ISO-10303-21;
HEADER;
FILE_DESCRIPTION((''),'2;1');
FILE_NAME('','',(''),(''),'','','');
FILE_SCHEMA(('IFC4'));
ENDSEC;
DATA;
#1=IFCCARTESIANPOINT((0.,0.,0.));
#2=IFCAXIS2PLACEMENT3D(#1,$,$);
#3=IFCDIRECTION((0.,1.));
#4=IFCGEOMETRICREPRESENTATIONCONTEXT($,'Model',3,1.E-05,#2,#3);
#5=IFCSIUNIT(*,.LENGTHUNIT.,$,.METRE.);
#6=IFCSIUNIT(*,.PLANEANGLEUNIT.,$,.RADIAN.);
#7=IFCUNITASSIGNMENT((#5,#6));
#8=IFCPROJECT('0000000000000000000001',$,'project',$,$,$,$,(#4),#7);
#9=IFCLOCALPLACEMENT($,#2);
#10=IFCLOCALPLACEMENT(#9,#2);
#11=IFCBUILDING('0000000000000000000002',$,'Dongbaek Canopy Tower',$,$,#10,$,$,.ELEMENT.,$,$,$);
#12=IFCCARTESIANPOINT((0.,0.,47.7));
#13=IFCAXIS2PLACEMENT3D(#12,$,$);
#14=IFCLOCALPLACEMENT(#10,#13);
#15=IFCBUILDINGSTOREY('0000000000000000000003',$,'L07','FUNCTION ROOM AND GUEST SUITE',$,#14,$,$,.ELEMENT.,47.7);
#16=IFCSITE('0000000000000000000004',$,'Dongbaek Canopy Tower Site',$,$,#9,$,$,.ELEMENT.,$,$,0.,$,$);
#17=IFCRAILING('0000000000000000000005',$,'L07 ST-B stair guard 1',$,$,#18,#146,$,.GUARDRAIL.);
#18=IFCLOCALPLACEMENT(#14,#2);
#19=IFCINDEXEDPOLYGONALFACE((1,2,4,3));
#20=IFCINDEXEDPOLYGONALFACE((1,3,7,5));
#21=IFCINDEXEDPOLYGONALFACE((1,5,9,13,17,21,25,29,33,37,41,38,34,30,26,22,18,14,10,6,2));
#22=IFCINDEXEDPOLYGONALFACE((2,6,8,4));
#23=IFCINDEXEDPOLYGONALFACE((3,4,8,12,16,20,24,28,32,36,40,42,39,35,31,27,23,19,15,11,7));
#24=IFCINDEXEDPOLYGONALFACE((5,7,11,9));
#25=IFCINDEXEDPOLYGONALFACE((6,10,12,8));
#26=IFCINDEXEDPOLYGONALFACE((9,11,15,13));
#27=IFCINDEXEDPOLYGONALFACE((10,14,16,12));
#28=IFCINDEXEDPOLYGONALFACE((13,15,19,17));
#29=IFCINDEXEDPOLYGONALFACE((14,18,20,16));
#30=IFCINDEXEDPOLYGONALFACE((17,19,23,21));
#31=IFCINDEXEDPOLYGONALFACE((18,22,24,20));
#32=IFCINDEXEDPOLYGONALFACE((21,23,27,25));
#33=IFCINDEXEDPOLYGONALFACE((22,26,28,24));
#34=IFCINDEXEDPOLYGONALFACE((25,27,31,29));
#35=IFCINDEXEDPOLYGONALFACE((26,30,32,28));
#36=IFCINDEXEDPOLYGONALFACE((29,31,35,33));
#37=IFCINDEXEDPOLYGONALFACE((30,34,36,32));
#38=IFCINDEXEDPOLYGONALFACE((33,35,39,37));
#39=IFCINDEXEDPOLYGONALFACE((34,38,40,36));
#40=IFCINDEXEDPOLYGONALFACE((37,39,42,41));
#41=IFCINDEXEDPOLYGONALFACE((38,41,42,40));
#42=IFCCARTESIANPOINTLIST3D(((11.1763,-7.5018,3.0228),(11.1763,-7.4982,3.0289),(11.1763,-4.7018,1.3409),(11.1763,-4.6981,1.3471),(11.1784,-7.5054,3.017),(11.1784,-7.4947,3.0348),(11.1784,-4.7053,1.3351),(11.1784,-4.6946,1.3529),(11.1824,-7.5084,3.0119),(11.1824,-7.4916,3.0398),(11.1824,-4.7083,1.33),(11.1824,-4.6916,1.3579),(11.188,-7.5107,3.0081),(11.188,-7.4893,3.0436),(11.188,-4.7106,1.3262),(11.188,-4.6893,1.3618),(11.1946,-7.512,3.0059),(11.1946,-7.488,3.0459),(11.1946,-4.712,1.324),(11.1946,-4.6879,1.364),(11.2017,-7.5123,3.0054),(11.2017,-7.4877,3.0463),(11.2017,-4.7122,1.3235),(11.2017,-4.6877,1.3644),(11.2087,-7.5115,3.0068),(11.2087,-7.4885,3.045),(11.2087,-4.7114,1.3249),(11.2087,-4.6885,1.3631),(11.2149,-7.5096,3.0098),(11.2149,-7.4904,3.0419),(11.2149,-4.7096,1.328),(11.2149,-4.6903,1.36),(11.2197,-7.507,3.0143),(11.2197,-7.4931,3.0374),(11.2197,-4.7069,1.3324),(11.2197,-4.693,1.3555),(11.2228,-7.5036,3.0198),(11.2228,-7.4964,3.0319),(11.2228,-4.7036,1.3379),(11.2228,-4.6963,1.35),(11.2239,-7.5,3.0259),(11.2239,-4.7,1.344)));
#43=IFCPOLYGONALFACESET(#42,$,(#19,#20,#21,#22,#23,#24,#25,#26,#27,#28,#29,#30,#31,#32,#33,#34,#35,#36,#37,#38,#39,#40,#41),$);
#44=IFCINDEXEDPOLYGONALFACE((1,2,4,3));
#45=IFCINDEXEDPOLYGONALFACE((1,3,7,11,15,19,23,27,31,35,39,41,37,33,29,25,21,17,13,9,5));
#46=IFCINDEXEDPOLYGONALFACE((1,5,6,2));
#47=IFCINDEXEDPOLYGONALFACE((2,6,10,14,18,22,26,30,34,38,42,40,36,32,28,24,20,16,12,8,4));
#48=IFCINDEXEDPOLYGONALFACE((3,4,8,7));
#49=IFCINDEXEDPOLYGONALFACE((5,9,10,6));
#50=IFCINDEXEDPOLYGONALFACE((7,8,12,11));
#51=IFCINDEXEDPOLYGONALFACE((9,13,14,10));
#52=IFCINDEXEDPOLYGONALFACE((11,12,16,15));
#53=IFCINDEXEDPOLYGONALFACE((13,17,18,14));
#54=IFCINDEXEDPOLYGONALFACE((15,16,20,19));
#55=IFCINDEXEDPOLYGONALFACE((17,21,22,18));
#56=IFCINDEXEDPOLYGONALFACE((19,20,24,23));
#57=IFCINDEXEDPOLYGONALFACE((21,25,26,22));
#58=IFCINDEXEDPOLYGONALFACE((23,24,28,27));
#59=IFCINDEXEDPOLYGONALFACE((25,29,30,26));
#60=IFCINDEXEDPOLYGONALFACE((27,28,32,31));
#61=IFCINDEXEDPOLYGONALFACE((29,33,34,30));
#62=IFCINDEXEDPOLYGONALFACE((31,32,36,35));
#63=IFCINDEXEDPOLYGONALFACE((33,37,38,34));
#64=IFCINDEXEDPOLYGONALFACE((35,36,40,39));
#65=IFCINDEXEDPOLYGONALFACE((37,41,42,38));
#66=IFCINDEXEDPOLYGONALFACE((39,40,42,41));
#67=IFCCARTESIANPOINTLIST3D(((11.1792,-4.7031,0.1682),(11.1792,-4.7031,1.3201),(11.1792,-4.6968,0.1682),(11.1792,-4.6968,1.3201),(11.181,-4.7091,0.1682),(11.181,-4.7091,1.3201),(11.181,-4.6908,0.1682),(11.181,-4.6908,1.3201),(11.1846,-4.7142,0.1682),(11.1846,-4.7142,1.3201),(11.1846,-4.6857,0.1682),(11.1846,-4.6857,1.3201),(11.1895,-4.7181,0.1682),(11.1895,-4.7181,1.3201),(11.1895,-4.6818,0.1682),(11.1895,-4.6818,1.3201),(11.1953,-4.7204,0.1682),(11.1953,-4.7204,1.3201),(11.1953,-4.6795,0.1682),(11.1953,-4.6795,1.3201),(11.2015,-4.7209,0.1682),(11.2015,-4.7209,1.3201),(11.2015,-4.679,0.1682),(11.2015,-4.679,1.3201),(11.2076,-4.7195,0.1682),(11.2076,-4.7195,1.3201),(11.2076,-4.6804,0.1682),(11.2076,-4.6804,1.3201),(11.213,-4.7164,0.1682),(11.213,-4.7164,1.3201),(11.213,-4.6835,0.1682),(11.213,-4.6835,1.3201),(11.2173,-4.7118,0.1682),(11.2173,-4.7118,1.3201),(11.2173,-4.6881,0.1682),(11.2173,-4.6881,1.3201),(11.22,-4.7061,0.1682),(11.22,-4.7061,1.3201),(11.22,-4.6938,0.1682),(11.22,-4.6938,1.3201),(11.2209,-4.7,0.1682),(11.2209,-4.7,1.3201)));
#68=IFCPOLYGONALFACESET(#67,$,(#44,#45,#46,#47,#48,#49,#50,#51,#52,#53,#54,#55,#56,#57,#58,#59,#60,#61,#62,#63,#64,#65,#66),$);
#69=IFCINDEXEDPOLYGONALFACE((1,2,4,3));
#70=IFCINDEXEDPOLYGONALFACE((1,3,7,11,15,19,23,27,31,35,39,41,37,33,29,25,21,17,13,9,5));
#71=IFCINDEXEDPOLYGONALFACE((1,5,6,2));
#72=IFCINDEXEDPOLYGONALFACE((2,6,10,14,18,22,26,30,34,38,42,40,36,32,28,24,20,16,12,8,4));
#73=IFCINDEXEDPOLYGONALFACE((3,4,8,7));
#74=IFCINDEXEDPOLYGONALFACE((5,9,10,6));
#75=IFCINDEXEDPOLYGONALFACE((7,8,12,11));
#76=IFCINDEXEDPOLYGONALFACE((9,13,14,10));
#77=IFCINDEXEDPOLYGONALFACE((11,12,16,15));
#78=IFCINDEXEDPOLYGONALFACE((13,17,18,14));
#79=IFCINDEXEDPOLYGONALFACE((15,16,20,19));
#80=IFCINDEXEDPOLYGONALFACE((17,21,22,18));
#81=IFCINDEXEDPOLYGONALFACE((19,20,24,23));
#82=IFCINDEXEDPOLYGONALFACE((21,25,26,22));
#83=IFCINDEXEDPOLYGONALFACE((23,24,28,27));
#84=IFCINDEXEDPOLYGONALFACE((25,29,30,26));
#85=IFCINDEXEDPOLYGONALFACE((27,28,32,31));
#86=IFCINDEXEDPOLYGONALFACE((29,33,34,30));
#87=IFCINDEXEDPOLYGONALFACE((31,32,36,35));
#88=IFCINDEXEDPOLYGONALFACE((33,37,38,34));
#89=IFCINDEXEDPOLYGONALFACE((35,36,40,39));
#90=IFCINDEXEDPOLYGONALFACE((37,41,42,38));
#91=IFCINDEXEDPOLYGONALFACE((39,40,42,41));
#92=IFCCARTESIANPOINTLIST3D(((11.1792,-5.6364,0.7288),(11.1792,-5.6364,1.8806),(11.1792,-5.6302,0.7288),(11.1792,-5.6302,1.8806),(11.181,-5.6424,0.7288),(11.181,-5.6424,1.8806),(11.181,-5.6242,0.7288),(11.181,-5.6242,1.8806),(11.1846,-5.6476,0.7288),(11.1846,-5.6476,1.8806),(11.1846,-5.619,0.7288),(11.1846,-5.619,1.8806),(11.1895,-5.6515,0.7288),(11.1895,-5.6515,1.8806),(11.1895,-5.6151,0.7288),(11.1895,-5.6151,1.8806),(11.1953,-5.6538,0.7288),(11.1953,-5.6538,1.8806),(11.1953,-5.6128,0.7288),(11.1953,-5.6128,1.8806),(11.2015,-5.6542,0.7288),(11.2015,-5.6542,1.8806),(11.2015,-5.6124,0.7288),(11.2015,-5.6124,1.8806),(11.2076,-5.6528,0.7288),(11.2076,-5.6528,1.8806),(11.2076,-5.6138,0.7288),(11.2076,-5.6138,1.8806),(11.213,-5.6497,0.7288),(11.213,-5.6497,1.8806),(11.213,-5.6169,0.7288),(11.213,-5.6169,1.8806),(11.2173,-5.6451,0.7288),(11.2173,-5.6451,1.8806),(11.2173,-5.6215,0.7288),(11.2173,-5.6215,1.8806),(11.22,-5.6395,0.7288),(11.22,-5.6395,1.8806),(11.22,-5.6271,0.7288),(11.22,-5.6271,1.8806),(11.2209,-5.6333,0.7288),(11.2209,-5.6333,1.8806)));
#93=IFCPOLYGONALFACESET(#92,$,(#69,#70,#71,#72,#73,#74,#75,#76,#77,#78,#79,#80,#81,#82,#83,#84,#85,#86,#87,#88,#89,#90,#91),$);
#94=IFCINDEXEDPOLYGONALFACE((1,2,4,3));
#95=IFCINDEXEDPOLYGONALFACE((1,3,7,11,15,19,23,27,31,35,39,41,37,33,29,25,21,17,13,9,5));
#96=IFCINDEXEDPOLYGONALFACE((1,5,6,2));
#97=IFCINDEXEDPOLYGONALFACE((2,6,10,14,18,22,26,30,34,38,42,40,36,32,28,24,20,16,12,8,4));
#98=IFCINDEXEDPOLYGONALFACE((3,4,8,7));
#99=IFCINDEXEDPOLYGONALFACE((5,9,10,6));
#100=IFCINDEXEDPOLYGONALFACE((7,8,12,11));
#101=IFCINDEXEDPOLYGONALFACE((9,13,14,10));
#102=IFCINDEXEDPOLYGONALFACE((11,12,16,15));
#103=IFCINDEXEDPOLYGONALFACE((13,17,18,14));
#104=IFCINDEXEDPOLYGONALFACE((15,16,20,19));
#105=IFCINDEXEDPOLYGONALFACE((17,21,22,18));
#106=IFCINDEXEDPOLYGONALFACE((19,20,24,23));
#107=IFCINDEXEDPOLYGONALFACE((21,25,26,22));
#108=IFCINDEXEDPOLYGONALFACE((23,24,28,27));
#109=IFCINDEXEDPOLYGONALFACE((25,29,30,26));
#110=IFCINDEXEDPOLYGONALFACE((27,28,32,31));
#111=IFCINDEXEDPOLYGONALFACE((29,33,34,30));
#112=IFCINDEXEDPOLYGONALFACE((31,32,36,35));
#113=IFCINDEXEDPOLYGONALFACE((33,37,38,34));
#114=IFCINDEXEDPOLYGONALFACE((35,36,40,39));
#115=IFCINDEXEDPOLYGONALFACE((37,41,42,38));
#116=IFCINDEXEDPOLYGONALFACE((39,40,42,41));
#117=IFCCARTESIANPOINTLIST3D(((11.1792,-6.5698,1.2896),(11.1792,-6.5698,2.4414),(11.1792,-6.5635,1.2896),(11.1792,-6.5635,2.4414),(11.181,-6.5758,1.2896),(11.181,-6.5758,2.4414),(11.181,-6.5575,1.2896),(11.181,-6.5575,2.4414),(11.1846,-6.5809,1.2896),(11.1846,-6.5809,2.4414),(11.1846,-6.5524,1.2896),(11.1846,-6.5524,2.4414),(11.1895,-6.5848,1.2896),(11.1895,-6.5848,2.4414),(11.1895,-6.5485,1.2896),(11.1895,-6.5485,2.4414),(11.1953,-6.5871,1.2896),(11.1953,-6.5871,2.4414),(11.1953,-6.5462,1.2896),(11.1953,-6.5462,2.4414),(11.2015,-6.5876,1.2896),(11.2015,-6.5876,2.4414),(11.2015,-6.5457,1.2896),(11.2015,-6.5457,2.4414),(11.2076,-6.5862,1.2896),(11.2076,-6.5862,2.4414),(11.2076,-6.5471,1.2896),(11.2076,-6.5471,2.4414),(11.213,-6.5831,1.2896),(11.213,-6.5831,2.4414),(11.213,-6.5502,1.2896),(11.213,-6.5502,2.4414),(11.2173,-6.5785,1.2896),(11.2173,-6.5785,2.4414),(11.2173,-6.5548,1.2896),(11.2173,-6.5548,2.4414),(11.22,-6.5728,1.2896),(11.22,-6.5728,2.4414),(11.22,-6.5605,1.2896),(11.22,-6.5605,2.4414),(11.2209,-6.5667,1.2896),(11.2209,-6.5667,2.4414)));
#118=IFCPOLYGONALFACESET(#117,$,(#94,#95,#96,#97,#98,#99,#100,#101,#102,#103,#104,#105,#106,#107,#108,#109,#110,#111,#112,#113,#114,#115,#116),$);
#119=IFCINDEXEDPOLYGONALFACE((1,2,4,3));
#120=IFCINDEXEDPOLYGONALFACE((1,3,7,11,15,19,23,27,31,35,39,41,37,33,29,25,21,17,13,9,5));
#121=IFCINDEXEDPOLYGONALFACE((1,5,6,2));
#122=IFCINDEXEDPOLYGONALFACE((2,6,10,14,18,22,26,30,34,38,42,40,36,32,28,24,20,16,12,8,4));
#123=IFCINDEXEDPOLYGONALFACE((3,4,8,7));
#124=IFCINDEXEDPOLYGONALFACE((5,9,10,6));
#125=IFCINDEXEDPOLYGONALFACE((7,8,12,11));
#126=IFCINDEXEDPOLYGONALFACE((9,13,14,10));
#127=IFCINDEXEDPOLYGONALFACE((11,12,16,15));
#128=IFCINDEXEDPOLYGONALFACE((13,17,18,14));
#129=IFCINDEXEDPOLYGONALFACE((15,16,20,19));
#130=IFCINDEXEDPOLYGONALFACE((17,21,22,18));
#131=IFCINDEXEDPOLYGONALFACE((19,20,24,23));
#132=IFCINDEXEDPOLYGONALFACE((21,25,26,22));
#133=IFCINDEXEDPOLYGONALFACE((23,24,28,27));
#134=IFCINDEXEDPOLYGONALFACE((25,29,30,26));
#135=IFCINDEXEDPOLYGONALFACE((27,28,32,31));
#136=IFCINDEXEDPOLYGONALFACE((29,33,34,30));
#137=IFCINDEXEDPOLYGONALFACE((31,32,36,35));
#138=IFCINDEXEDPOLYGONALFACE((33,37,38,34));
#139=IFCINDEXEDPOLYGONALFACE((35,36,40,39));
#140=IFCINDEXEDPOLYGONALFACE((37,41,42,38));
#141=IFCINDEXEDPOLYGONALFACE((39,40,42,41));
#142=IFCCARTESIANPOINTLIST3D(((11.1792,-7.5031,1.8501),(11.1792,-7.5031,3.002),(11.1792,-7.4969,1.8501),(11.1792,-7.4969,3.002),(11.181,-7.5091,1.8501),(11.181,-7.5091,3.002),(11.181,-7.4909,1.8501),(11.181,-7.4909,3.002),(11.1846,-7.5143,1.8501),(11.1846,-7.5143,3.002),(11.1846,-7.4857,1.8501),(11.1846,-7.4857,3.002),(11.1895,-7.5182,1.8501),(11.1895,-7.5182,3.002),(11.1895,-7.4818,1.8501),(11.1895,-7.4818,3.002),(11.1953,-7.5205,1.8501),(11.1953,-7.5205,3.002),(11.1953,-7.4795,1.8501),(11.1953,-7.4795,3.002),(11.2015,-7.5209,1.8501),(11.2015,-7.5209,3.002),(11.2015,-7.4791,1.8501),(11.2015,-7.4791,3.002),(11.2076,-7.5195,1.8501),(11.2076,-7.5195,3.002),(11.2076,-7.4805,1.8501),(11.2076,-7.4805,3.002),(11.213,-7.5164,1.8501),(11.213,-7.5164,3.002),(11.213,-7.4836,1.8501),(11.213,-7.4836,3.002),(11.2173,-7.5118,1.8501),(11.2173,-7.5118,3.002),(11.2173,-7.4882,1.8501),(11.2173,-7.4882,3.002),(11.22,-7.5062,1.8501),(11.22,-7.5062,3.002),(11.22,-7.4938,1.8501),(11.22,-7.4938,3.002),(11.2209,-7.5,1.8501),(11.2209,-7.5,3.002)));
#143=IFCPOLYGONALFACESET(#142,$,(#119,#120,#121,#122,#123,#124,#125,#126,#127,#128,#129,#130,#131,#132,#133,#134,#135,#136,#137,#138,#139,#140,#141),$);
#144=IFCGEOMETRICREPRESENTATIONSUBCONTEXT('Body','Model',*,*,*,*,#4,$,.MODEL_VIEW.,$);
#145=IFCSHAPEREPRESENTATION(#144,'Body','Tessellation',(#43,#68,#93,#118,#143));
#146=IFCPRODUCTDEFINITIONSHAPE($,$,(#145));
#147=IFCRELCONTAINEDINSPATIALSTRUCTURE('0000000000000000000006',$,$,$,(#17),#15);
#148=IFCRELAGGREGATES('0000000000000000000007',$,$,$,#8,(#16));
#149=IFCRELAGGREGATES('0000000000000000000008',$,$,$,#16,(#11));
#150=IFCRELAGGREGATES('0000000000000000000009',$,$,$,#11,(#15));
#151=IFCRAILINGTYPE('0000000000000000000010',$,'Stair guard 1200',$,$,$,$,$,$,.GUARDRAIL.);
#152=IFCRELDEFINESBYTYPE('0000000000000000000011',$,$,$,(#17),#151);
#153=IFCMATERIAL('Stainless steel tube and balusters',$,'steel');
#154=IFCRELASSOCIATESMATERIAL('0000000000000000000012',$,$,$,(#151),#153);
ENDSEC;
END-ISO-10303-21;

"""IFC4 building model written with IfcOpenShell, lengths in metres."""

from ifc_helpers import new_model, si_unit, direction, frame, origin, origin_2d, place, context, subcontext, project, spatial, circle, extrude, material, type_object, element, save


model = new_model("IFC4")

# Units and contexts
model_context = context("Model", 3, precision=1e-05, world=origin(), true_north=direction((0.0, 1.0)))
body_context = subcontext(model_context, "Body", "Model", "MODEL_VIEW")
ifc_project = project(units=[si_unit("LENGTHUNIT", "METRE"), si_unit("PLANEANGLEUNIT", "RADIAN")], contexts=[model_context])

# Site, building, storey
site_placement = place(None, origin())
site = spatial("IfcSite", under=ifc_project, at=site_placement, Name="Dongbaek Canopy Tower Site", CompositionType="ELEMENT", RefElevation=0.0)
building_placement = place(site_placement, origin())
building = spatial("IfcBuilding", under=site, at=building_placement, Name="Dongbaek Canopy Tower", CompositionType="ELEMENT")
storey_placement = place(building_placement, frame((0.0, 0.0, 47.7)))
storey = spatial("IfcBuildingStorey", under=building, at=storey_placement, Name="L07", Description="FUNCTION ROOM AND GUEST SUITE", CompositionType="ELEMENT", Elevation=47.7)

# Railing
ifc_material_1 = material(Name="Stainless steel tube and balusters", Category="steel")
railing_type_1 = type_object("IfcRailingType", Name="Stair guard 1200", PredefinedType="GUARDRAIL", material=ifc_material_1)
railing_1_placement = place(storey_placement, frame((11.2, -4.7, 0.1682)))
element("IfcRailing", 1, at=railing_1_placement, inside=storey, type_object=railing_type_1, Name="L07 ST-B stair guard 1", PredefinedType="GUARDRAIL", context=body_context, shape_type="SweptSolid", body=[
    extrude(circle(Radius=0.0239, at=origin_2d()), frame((0.0, 0.0, 1.1758), z_axis=(0.0, -0.857242, 0.514913), x_axis=(1.0, 0.0, 0.0)), (0.0, 0.0, 1.0), 3.2664),
    extrude(circle(Radius=0.021, at=origin_2d()), origin(), (0.0, 0.0, 1.0), 1.1519),
    extrude(circle(Radius=0.021, at=origin_2d()), frame((0.0, -0.9333, 0.5605)), (0.0, 0.0, 1.0), 1.1519),
    extrude(circle(Radius=0.021, at=origin_2d()), frame((0.0, -1.8667, 1.1213)), (0.0, 0.0, 1.0), 1.1519),
    extrude(circle(Radius=0.021, at=origin_2d()), frame((0.0, -2.8, 1.6819)), (0.0, 0.0, 1.0), 1.1519),
])

save(model, "model.ifc")
